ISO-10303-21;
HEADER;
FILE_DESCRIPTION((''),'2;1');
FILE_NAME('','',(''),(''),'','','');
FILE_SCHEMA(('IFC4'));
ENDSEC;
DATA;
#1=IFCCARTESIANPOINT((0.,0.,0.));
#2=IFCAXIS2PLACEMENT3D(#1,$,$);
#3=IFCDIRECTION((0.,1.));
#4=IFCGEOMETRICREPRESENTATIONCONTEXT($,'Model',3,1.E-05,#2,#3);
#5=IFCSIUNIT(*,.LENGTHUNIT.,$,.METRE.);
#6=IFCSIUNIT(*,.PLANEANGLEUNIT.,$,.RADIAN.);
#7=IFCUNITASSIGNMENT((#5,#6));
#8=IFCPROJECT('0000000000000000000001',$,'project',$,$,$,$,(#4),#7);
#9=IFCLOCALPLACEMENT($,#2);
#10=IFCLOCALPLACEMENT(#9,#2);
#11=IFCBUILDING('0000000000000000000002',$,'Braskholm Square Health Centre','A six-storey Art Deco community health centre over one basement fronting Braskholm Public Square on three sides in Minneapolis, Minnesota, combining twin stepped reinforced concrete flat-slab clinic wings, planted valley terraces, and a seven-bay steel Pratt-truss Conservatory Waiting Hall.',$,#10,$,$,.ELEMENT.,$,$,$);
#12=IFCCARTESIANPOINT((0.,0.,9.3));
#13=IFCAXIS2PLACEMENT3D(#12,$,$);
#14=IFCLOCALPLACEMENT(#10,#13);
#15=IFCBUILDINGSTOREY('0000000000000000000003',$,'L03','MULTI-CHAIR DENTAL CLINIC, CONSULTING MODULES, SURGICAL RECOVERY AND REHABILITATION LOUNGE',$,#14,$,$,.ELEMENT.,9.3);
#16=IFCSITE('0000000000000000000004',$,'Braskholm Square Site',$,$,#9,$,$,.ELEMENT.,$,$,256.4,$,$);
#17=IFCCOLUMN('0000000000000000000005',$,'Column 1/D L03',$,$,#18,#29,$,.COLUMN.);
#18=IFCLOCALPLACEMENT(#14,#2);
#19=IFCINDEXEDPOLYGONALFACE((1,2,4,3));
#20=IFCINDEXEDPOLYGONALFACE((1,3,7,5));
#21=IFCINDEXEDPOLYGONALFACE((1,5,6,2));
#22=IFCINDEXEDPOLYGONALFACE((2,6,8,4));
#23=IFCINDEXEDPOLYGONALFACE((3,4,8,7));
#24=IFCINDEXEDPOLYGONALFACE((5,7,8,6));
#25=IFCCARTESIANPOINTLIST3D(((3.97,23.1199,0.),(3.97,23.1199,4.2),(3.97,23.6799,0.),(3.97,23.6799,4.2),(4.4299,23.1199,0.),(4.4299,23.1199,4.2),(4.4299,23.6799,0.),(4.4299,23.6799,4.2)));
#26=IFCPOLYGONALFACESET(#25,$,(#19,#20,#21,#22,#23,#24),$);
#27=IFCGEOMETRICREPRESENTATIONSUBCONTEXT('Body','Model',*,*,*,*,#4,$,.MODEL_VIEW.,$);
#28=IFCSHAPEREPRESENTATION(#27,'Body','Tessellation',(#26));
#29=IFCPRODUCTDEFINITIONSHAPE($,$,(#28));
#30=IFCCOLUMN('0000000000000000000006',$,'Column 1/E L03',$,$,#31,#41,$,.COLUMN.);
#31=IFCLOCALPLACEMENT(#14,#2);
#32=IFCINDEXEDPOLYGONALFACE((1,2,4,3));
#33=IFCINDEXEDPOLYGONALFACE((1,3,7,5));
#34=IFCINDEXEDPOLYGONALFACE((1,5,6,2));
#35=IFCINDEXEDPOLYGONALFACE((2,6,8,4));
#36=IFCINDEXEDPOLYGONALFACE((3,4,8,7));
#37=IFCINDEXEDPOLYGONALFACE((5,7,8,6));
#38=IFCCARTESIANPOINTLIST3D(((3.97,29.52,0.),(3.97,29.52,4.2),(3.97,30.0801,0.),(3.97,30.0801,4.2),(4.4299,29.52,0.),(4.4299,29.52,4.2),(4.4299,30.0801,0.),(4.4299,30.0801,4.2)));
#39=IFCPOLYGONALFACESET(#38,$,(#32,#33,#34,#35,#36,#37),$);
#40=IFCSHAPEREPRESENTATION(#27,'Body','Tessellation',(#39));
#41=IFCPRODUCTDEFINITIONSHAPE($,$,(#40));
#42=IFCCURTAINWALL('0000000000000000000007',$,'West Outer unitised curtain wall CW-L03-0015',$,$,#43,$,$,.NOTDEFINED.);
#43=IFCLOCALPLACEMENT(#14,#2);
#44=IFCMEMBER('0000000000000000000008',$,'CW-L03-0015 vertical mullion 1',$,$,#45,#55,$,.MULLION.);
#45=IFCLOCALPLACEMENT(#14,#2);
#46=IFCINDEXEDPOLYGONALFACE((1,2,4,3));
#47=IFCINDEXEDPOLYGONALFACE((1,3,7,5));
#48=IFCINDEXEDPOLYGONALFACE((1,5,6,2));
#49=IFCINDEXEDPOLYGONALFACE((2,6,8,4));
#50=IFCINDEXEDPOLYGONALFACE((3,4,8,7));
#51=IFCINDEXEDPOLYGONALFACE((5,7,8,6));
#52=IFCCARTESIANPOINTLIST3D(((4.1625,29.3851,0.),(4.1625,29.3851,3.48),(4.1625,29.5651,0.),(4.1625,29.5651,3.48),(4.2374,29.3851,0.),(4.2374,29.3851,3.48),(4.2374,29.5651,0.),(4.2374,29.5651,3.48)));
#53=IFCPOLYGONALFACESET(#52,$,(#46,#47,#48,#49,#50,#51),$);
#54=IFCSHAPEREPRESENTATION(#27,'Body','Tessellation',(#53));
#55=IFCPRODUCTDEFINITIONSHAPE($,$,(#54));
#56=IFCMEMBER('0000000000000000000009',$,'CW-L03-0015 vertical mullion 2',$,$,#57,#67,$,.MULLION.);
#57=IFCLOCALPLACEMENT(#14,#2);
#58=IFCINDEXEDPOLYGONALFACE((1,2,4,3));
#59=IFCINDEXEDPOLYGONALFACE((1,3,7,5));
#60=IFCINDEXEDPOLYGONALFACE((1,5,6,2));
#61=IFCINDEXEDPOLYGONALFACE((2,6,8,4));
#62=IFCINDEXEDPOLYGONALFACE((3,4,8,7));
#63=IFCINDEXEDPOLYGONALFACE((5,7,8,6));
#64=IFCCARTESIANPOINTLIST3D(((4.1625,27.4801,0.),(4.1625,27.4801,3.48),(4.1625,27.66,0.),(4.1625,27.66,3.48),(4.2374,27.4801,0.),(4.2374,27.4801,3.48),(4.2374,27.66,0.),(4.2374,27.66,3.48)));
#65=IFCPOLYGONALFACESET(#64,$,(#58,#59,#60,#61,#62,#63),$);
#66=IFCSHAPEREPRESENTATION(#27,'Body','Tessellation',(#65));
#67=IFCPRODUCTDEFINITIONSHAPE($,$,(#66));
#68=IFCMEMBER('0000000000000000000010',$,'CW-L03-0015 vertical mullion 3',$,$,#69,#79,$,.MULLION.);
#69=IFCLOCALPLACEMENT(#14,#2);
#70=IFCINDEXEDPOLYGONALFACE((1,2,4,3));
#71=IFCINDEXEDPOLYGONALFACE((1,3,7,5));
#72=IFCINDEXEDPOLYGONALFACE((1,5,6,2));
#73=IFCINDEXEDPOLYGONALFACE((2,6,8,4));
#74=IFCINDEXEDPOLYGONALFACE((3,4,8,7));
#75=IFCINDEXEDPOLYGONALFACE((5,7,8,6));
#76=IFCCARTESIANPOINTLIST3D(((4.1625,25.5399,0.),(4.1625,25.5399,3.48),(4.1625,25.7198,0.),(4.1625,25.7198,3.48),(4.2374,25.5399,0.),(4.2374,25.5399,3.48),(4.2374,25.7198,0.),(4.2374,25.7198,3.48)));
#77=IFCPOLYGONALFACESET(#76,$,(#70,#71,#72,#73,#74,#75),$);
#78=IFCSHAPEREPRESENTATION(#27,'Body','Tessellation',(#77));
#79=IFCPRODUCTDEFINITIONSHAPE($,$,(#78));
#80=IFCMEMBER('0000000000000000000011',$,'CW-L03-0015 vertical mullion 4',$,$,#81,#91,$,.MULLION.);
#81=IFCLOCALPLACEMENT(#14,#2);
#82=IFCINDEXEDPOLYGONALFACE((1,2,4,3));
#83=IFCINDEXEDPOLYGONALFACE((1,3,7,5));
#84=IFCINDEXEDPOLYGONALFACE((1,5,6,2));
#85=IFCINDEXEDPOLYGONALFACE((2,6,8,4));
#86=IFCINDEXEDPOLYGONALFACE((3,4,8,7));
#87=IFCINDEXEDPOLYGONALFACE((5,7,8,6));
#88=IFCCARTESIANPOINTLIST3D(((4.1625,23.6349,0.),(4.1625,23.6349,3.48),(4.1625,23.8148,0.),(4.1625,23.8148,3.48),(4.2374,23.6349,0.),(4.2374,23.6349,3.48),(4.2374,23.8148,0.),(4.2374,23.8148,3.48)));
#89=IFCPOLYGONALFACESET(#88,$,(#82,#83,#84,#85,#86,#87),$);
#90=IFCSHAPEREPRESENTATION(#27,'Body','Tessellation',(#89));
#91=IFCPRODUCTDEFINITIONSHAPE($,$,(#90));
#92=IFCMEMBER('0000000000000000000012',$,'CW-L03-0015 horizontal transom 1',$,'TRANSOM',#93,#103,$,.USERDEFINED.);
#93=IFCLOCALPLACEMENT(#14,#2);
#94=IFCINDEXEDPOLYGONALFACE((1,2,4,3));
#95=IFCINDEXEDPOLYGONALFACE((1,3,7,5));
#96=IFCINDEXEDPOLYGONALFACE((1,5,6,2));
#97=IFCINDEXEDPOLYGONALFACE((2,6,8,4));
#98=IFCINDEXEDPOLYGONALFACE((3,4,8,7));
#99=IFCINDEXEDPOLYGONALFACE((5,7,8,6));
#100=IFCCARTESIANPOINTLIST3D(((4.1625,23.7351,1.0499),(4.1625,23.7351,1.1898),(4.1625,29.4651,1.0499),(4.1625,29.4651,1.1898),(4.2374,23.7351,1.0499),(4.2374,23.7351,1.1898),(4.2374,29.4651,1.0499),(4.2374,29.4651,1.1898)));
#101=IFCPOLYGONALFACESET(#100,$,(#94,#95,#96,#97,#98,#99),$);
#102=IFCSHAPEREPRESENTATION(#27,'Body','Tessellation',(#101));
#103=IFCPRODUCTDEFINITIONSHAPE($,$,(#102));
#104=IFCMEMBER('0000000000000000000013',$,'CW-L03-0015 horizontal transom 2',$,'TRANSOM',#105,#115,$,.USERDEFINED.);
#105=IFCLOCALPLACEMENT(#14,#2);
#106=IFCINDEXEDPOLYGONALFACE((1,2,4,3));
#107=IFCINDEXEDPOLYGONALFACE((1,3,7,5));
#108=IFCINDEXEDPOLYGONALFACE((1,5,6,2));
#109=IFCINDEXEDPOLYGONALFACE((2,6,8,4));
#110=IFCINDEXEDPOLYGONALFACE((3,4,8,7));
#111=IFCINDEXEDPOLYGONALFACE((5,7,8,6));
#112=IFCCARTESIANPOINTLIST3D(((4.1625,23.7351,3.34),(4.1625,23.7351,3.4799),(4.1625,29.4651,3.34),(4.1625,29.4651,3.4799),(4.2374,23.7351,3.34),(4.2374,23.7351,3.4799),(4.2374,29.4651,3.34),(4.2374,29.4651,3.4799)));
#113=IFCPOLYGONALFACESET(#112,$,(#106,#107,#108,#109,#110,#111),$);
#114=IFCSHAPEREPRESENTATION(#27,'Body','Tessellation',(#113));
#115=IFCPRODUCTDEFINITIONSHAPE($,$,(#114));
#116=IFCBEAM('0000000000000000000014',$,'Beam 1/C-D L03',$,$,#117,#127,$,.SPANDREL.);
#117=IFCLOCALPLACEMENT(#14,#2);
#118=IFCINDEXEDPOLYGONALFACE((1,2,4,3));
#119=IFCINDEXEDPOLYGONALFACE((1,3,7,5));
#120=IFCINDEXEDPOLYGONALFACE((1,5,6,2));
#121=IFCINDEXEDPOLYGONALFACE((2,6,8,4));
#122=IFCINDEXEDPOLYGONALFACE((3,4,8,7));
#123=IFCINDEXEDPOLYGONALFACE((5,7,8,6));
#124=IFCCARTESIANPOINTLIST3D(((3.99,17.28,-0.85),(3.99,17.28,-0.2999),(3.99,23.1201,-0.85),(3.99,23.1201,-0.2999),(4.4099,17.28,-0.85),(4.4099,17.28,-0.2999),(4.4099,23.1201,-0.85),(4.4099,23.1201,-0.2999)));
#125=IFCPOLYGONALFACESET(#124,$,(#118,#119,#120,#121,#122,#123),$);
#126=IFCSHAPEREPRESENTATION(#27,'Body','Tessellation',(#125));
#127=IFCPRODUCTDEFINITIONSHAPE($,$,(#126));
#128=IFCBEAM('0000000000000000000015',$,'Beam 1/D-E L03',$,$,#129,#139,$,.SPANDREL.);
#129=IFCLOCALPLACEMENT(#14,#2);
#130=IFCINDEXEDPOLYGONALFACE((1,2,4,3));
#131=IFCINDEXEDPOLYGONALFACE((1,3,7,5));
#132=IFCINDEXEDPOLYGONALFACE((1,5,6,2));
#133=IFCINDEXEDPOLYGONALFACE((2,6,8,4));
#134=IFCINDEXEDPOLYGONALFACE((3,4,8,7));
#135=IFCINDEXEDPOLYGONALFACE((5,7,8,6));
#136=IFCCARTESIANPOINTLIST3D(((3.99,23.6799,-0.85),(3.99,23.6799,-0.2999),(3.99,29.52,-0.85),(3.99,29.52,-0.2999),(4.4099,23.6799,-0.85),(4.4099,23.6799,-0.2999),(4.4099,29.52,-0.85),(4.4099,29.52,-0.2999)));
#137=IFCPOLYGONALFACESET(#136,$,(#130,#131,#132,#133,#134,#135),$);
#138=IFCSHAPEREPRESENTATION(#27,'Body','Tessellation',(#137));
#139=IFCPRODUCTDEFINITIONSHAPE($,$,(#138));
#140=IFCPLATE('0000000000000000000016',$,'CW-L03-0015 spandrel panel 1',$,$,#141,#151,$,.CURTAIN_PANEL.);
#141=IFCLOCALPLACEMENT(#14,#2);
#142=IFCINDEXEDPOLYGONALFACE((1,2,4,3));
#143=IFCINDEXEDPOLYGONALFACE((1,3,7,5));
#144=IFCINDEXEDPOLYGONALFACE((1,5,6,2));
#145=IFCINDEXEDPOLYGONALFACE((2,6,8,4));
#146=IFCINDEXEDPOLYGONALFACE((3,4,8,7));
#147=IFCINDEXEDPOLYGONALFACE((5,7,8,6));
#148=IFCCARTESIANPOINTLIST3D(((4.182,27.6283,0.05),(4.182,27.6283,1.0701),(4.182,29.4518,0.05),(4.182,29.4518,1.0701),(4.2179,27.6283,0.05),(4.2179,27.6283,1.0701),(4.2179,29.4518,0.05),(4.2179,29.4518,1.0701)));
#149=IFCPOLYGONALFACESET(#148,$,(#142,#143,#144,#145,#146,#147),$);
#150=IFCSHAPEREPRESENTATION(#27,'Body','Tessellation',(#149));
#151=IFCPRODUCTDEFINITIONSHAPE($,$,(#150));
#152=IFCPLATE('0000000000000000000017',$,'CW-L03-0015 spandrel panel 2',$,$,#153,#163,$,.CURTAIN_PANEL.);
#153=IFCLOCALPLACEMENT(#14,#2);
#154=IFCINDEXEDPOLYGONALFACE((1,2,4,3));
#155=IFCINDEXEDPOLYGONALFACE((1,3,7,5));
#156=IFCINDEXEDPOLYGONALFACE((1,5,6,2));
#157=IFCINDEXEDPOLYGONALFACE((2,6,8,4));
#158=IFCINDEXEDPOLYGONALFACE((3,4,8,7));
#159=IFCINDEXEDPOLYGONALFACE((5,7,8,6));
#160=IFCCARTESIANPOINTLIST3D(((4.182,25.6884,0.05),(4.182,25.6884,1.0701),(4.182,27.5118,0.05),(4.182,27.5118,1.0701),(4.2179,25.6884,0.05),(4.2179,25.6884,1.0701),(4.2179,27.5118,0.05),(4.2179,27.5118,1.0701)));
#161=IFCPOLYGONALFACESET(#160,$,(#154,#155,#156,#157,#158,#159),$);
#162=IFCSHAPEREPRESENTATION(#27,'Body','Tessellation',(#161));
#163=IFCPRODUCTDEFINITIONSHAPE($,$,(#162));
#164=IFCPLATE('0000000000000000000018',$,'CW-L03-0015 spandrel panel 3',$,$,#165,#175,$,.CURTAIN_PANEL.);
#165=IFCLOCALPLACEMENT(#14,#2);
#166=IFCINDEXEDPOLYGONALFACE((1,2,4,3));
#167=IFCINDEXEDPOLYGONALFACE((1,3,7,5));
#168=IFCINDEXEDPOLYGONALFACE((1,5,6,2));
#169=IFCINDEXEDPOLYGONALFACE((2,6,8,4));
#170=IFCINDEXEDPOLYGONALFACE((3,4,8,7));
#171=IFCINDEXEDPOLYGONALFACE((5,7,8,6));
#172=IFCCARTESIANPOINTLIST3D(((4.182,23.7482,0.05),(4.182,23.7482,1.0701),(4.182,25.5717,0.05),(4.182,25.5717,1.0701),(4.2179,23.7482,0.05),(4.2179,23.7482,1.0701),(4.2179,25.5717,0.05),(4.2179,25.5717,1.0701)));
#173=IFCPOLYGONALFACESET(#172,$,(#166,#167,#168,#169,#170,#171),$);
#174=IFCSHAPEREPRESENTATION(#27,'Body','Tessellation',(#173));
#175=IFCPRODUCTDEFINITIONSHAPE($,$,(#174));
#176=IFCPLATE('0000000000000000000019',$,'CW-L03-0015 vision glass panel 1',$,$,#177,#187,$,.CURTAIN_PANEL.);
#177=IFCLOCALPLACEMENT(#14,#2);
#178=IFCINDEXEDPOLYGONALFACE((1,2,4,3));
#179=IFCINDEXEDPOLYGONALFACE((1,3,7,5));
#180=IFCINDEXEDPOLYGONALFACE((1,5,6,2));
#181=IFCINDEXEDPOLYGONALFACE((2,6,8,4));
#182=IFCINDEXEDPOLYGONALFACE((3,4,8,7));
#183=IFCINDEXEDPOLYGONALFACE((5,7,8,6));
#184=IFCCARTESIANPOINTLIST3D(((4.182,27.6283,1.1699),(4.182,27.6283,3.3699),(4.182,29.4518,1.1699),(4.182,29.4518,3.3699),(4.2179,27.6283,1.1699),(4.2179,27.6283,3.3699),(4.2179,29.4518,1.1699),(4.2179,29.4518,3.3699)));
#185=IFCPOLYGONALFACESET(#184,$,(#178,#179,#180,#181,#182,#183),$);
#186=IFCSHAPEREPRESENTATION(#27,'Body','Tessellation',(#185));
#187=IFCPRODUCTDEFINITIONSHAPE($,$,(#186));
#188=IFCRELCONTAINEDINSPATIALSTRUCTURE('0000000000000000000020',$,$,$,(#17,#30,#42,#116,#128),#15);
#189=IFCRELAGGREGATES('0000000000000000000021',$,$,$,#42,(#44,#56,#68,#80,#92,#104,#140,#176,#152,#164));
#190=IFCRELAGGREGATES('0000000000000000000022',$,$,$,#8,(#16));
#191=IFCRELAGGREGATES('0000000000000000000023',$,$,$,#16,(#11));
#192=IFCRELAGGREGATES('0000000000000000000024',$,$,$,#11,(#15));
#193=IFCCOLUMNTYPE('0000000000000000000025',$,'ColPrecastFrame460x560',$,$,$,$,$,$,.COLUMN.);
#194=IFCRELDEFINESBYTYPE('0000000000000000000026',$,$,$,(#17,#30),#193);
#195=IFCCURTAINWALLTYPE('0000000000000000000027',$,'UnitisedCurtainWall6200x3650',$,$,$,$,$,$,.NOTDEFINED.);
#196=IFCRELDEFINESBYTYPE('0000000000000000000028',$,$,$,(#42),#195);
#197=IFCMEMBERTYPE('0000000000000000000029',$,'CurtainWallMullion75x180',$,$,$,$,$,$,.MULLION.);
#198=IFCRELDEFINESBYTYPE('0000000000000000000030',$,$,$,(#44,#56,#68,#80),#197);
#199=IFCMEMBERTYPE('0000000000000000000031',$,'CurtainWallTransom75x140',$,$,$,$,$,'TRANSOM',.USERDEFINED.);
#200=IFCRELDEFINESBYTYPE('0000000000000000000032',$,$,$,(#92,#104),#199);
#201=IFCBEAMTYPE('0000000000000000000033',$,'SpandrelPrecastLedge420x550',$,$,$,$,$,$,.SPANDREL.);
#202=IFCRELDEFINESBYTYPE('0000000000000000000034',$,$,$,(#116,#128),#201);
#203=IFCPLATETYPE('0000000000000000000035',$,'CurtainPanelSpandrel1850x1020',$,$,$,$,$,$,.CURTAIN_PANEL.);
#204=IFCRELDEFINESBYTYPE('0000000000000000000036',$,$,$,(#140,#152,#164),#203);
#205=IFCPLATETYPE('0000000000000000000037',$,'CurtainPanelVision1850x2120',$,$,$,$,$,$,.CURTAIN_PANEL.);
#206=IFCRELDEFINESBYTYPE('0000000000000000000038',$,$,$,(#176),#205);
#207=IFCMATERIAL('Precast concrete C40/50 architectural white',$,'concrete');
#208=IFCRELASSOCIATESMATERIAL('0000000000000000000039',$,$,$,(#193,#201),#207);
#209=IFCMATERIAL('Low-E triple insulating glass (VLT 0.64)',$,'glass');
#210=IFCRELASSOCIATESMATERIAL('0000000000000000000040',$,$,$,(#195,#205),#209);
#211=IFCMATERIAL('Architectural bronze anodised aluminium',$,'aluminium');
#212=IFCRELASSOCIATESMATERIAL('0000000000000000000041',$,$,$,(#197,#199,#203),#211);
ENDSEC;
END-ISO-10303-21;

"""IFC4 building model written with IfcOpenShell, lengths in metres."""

from ifc_helpers import new_model, si_unit, direction, frame, origin, origin_2d, place, context, subcontext, project, spatial, rectangle, extrude, material, material_profile, profile_set, type_object, element, aggregate, save


model = new_model("IFC4")

# Units and contexts
model_context = context("Model", 3, precision=1e-05, world=origin(), true_north=direction((0.0, 1.0)))
body_context = subcontext(model_context, "Body", "Model", "MODEL_VIEW")
ifc_project = project(units=[si_unit("LENGTHUNIT", "METRE"), si_unit("PLANEANGLEUNIT", "RADIAN")], contexts=[model_context])

# Site, building, storey
site_placement = place(None, origin())
site = spatial("IfcSite", under=ifc_project, at=site_placement, Name="Braskholm Square Site", CompositionType="ELEMENT", RefElevation=256.4)
building_placement = place(site_placement, origin())
building = spatial("IfcBuilding", under=site, at=building_placement, Name="Braskholm Square Health Centre", Description="A six-storey Art Deco community health centre over one basement fronting Braskholm Public Square on three sides in Minneapolis, Minnesota, combining twin stepped reinforced concrete flat-slab clinic wings, planted valley terraces, and a seven-bay steel Pratt-truss Conservatory Waiting Hall.", CompositionType="ELEMENT")
storey_placement = place(building_placement, frame((0.0, 0.0, 9.3)))
storey = spatial("IfcBuildingStorey", under=building, at=storey_placement, Name="L03", Description="MULTI-CHAIR DENTAL CLINIC, CONSULTING MODULES, SURGICAL RECOVERY AND REHABILITATION LOUNGE", CompositionType="ELEMENT", Elevation=9.3)

# Columns
ifc_material_1 = material(Name="Precast concrete C40/50 architectural white", Category="concrete")
ifc_material_profile_1 = material_profile(ifc_material_1, rectangle(XDim=0.46, YDim=0.5601, at=origin_2d()), Name="RC-460X560")
ifc_profile_set_1 = profile_set([ifc_material_profile_1], Name="Precast concrete C40/50 architectural white")
column_type = type_object("IfcColumnType", Name="ColPrecastFrame460x560", PredefinedType="COLUMN", material=ifc_profile_set_1)
for number, where, z_axis, x_axis, name in (
    (1, (4.2, 23.3999, 0.0), (0.0, 0.0, 1.0), (1.0, 0.0, 0.0), "Column 1/D L03"),
    (2, (4.2, 29.8, 0.0), (0.0, 0.0, 1.0), (1.0, 0.0, 0.0), "Column 1/E L03"),
):
    element("IfcColumn", number, at=place(storey_placement, frame(where, z_axis=z_axis, x_axis=x_axis)), inside=storey, type_object=column_type, Name=name, PredefinedType="COLUMN", context=body_context, shape_type="SweptSolid", body=[
        extrude(rectangle(XDim=0.46, YDim=0.5601, at=origin_2d()), origin(), (0.0, 0.0, 1.0), 4.2),
    ])

# Curtain wall, members
ifc_material_2 = material(Name="Low-E triple insulating glass (VLT 0.64)", Category="glass")
curtain_wall_type = type_object("IfcCurtainWallType", Name="UnitisedCurtainWall6200x3650", PredefinedType="NOTDEFINED", material=ifc_material_2)
curtain_wall_placement = place(storey_placement, origin())
curtain_wall = element("IfcCurtainWall", 3, at=curtain_wall_placement, inside=storey, type_object=curtain_wall_type, Name="West Outer unitised curtain wall CW-L03-0015", PredefinedType="NOTDEFINED")
ifc_material_3 = material(Name="Architectural bronze anodised aluminium", Category="aluminium")
ifc_material_profile_2 = material_profile(ifc_material_3, rectangle(XDim=0.075, YDim=0.1799, at=origin_2d()), Name="ALU-75X180")
ifc_profile_set_2 = profile_set([ifc_material_profile_2], Name="Architectural bronze anodised aluminium")
member_type_1 = type_object("IfcMemberType", Name="CurtainWallMullion75x180", PredefinedType="MULLION", material=ifc_profile_set_2)
member_1_placement = place(storey_placement, frame((4.2, 29.4751, 0.0), z_axis=(0.0, 0.0, 1.0), x_axis=(1.0, 0.0, 0.0)))
member_1 = element("IfcMember", 4, at=member_1_placement, type_object=member_type_1, Name="CW-L03-0015 vertical mullion 1", PredefinedType="MULLION", context=body_context, shape_type="SweptSolid", body=[
    extrude(rectangle(XDim=0.075, YDim=0.1799, at=origin_2d()), origin(), (0.0, 0.0, 1.0), 3.48),
])
member_2_placement = place(storey_placement, frame((4.2, 27.5701, 0.0), z_axis=(0.0, 0.0, 1.0), x_axis=(1.0, 0.0, 0.0)))
member_2 = element("IfcMember", 5, at=member_2_placement, type_object=member_type_1, Name="CW-L03-0015 vertical mullion 2", PredefinedType="MULLION", context=body_context, shape_type="SweptSolid", body=[
    extrude(rectangle(XDim=0.075, YDim=0.1799, at=origin_2d()), origin(), (0.0, 0.0, 1.0), 3.48),
])
member_3_placement = place(storey_placement, frame((4.2, 25.6299, 0.0), z_axis=(0.0, 0.0, 1.0), x_axis=(1.0, 0.0, 0.0)))
member_3 = element("IfcMember", 6, at=member_3_placement, type_object=member_type_1, Name="CW-L03-0015 vertical mullion 3", PredefinedType="MULLION", context=body_context, shape_type="SweptSolid", body=[
    extrude(rectangle(XDim=0.075, YDim=0.1799, at=origin_2d()), origin(), (0.0, 0.0, 1.0), 3.48),
])
member_4_placement = place(storey_placement, frame((4.2, 23.7249, 0.0), z_axis=(0.0, 0.0, 1.0), x_axis=(1.0, 0.0, 0.0)))
member_4 = element("IfcMember", 7, at=member_4_placement, type_object=member_type_1, Name="CW-L03-0015 vertical mullion 4", PredefinedType="MULLION", context=body_context, shape_type="SweptSolid", body=[
    extrude(rectangle(XDim=0.075, YDim=0.1799, at=origin_2d()), origin(), (0.0, 0.0, 1.0), 3.48),
])
ifc_material_profile_3 = material_profile(ifc_material_3, rectangle(XDim=0.075, YDim=0.1399, at=origin_2d()), Name="ALU-75X140")
ifc_profile_set_3 = profile_set([ifc_material_profile_3], Name="Architectural bronze anodised aluminium")
member_type_2 = type_object("IfcMemberType", Name="CurtainWallTransom75x140", ElementType="TRANSOM", PredefinedType="USERDEFINED", material=ifc_profile_set_3)
member_5_placement = place(storey_placement, frame((4.2, 29.4651, 1.1199), z_axis=(0.0, -1.0, 0.0), x_axis=(1.0, 0.0, 0.0)))
member_5 = element("IfcMember", 8, at=member_5_placement, type_object=member_type_2, Name="CW-L03-0015 horizontal transom 1", ObjectType="TRANSOM", PredefinedType="USERDEFINED", context=body_context, shape_type="SweptSolid", body=[
    extrude(rectangle(XDim=0.075, YDim=0.1399, at=origin_2d()), origin(), (0.0, 0.0, 1.0), 5.73),
])
member_6_placement = place(storey_placement, frame((4.2, 29.4651, 3.4099), z_axis=(0.0, -1.0, 0.0), x_axis=(1.0, 0.0, 0.0)))
member_6 = element("IfcMember", 9, at=member_6_placement, type_object=member_type_2, Name="CW-L03-0015 horizontal transom 2", ObjectType="TRANSOM", PredefinedType="USERDEFINED", context=body_context, shape_type="SweptSolid", body=[
    extrude(rectangle(XDim=0.075, YDim=0.1399, at=origin_2d()), origin(), (0.0, 0.0, 1.0), 5.73),
])

# Beams
ifc_material_profile_4 = material_profile(ifc_material_1, rectangle(XDim=0.4199, YDim=0.55, at=origin_2d()), Name="RCB-420X550")
ifc_profile_set_4 = profile_set([ifc_material_profile_4], Name="Precast concrete C40/50 architectural white")
beam_type = type_object("IfcBeamType", Name="SpandrelPrecastLedge420x550", PredefinedType="SPANDREL", material=ifc_profile_set_4)
for number, where, z_axis, x_axis, name in (
    (10, (4.2, 17.28, -0.575), (0.0, 1.0, 0.0), (-1.0, 0.0, 0.0), "Beam 1/C-D L03"),
    (11, (4.2, 23.6799, -0.575), (0.0, 1.0, 0.0), (-1.0, 0.0, 0.0), "Beam 1/D-E L03"),
):
    element("IfcBeam", number, at=place(storey_placement, frame(where, z_axis=z_axis, x_axis=x_axis)), inside=storey, type_object=beam_type, Name=name, PredefinedType="SPANDREL", context=body_context, shape_type="SweptSolid", body=[
        extrude(rectangle(XDim=0.4199, YDim=0.55, at=origin_2d()), origin(), (0.0, 0.0, 1.0), 5.8401),
    ])

# Plates
plate_type_1 = type_object("IfcPlateType", Name="CurtainPanelSpandrel1850x1020", PredefinedType="CURTAIN_PANEL", material=ifc_material_3)
plate_1_placement = place(storey_placement, frame((4.2, 28.54, 0.05), z_axis=(0.0, 0.0, 1.0), x_axis=(0.0, -1.0, 0.0)))
plate_1 = element("IfcPlate", 12, at=plate_1_placement, type_object=plate_type_1, Name="CW-L03-0015 spandrel panel 1", PredefinedType="CURTAIN_PANEL", context=body_context, shape_type="SweptSolid", body=[
    extrude(rectangle(XDim=1.8235, YDim=0.0359, at=origin_2d()), origin(), (0.0, 0.0, 1.0), 1.02),
])
plate_2_placement = place(storey_placement, frame((4.2, 26.6001, 0.05), z_axis=(0.0, 0.0, 1.0), x_axis=(0.0, -1.0, 0.0)))
plate_2 = element("IfcPlate", 13, at=plate_2_placement, type_object=plate_type_1, Name="CW-L03-0015 spandrel panel 2", PredefinedType="CURTAIN_PANEL", context=body_context, shape_type="SweptSolid", body=[
    extrude(rectangle(XDim=1.8235, YDim=0.0359, at=origin_2d()), origin(), (0.0, 0.0, 1.0), 1.02),
])
plate_3_placement = place(storey_placement, frame((4.2, 24.6599, 0.05), z_axis=(0.0, 0.0, 1.0), x_axis=(0.0, -1.0, 0.0)))
plate_3 = element("IfcPlate", 14, at=plate_3_placement, type_object=plate_type_1, Name="CW-L03-0015 spandrel panel 3", PredefinedType="CURTAIN_PANEL", context=body_context, shape_type="SweptSolid", body=[
    extrude(rectangle(XDim=1.8235, YDim=0.0359, at=origin_2d()), origin(), (0.0, 0.0, 1.0), 1.02),
])
plate_type_2 = type_object("IfcPlateType", Name="CurtainPanelVision1850x2120", PredefinedType="CURTAIN_PANEL", material=ifc_material_2)
plate_4_placement = place(storey_placement, frame((4.2, 28.54, 1.1699), z_axis=(0.0, 0.0, 1.0), x_axis=(0.0, -1.0, 0.0)))
plate_4 = element("IfcPlate", 15, at=plate_4_placement, type_object=plate_type_2, Name="CW-L03-0015 vision glass panel 1", PredefinedType="CURTAIN_PANEL", context=body_context, shape_type="SweptSolid", body=[
    extrude(rectangle(XDim=1.8235, YDim=0.0359, at=origin_2d()), origin(), (0.0, 0.0, 1.0), 2.2),
])
aggregate(curtain_wall, [member_1, member_2, member_3, member_4, member_5, member_6, plate_1, plate_4, plate_2, plate_3])

save(model, "model.ifc")
